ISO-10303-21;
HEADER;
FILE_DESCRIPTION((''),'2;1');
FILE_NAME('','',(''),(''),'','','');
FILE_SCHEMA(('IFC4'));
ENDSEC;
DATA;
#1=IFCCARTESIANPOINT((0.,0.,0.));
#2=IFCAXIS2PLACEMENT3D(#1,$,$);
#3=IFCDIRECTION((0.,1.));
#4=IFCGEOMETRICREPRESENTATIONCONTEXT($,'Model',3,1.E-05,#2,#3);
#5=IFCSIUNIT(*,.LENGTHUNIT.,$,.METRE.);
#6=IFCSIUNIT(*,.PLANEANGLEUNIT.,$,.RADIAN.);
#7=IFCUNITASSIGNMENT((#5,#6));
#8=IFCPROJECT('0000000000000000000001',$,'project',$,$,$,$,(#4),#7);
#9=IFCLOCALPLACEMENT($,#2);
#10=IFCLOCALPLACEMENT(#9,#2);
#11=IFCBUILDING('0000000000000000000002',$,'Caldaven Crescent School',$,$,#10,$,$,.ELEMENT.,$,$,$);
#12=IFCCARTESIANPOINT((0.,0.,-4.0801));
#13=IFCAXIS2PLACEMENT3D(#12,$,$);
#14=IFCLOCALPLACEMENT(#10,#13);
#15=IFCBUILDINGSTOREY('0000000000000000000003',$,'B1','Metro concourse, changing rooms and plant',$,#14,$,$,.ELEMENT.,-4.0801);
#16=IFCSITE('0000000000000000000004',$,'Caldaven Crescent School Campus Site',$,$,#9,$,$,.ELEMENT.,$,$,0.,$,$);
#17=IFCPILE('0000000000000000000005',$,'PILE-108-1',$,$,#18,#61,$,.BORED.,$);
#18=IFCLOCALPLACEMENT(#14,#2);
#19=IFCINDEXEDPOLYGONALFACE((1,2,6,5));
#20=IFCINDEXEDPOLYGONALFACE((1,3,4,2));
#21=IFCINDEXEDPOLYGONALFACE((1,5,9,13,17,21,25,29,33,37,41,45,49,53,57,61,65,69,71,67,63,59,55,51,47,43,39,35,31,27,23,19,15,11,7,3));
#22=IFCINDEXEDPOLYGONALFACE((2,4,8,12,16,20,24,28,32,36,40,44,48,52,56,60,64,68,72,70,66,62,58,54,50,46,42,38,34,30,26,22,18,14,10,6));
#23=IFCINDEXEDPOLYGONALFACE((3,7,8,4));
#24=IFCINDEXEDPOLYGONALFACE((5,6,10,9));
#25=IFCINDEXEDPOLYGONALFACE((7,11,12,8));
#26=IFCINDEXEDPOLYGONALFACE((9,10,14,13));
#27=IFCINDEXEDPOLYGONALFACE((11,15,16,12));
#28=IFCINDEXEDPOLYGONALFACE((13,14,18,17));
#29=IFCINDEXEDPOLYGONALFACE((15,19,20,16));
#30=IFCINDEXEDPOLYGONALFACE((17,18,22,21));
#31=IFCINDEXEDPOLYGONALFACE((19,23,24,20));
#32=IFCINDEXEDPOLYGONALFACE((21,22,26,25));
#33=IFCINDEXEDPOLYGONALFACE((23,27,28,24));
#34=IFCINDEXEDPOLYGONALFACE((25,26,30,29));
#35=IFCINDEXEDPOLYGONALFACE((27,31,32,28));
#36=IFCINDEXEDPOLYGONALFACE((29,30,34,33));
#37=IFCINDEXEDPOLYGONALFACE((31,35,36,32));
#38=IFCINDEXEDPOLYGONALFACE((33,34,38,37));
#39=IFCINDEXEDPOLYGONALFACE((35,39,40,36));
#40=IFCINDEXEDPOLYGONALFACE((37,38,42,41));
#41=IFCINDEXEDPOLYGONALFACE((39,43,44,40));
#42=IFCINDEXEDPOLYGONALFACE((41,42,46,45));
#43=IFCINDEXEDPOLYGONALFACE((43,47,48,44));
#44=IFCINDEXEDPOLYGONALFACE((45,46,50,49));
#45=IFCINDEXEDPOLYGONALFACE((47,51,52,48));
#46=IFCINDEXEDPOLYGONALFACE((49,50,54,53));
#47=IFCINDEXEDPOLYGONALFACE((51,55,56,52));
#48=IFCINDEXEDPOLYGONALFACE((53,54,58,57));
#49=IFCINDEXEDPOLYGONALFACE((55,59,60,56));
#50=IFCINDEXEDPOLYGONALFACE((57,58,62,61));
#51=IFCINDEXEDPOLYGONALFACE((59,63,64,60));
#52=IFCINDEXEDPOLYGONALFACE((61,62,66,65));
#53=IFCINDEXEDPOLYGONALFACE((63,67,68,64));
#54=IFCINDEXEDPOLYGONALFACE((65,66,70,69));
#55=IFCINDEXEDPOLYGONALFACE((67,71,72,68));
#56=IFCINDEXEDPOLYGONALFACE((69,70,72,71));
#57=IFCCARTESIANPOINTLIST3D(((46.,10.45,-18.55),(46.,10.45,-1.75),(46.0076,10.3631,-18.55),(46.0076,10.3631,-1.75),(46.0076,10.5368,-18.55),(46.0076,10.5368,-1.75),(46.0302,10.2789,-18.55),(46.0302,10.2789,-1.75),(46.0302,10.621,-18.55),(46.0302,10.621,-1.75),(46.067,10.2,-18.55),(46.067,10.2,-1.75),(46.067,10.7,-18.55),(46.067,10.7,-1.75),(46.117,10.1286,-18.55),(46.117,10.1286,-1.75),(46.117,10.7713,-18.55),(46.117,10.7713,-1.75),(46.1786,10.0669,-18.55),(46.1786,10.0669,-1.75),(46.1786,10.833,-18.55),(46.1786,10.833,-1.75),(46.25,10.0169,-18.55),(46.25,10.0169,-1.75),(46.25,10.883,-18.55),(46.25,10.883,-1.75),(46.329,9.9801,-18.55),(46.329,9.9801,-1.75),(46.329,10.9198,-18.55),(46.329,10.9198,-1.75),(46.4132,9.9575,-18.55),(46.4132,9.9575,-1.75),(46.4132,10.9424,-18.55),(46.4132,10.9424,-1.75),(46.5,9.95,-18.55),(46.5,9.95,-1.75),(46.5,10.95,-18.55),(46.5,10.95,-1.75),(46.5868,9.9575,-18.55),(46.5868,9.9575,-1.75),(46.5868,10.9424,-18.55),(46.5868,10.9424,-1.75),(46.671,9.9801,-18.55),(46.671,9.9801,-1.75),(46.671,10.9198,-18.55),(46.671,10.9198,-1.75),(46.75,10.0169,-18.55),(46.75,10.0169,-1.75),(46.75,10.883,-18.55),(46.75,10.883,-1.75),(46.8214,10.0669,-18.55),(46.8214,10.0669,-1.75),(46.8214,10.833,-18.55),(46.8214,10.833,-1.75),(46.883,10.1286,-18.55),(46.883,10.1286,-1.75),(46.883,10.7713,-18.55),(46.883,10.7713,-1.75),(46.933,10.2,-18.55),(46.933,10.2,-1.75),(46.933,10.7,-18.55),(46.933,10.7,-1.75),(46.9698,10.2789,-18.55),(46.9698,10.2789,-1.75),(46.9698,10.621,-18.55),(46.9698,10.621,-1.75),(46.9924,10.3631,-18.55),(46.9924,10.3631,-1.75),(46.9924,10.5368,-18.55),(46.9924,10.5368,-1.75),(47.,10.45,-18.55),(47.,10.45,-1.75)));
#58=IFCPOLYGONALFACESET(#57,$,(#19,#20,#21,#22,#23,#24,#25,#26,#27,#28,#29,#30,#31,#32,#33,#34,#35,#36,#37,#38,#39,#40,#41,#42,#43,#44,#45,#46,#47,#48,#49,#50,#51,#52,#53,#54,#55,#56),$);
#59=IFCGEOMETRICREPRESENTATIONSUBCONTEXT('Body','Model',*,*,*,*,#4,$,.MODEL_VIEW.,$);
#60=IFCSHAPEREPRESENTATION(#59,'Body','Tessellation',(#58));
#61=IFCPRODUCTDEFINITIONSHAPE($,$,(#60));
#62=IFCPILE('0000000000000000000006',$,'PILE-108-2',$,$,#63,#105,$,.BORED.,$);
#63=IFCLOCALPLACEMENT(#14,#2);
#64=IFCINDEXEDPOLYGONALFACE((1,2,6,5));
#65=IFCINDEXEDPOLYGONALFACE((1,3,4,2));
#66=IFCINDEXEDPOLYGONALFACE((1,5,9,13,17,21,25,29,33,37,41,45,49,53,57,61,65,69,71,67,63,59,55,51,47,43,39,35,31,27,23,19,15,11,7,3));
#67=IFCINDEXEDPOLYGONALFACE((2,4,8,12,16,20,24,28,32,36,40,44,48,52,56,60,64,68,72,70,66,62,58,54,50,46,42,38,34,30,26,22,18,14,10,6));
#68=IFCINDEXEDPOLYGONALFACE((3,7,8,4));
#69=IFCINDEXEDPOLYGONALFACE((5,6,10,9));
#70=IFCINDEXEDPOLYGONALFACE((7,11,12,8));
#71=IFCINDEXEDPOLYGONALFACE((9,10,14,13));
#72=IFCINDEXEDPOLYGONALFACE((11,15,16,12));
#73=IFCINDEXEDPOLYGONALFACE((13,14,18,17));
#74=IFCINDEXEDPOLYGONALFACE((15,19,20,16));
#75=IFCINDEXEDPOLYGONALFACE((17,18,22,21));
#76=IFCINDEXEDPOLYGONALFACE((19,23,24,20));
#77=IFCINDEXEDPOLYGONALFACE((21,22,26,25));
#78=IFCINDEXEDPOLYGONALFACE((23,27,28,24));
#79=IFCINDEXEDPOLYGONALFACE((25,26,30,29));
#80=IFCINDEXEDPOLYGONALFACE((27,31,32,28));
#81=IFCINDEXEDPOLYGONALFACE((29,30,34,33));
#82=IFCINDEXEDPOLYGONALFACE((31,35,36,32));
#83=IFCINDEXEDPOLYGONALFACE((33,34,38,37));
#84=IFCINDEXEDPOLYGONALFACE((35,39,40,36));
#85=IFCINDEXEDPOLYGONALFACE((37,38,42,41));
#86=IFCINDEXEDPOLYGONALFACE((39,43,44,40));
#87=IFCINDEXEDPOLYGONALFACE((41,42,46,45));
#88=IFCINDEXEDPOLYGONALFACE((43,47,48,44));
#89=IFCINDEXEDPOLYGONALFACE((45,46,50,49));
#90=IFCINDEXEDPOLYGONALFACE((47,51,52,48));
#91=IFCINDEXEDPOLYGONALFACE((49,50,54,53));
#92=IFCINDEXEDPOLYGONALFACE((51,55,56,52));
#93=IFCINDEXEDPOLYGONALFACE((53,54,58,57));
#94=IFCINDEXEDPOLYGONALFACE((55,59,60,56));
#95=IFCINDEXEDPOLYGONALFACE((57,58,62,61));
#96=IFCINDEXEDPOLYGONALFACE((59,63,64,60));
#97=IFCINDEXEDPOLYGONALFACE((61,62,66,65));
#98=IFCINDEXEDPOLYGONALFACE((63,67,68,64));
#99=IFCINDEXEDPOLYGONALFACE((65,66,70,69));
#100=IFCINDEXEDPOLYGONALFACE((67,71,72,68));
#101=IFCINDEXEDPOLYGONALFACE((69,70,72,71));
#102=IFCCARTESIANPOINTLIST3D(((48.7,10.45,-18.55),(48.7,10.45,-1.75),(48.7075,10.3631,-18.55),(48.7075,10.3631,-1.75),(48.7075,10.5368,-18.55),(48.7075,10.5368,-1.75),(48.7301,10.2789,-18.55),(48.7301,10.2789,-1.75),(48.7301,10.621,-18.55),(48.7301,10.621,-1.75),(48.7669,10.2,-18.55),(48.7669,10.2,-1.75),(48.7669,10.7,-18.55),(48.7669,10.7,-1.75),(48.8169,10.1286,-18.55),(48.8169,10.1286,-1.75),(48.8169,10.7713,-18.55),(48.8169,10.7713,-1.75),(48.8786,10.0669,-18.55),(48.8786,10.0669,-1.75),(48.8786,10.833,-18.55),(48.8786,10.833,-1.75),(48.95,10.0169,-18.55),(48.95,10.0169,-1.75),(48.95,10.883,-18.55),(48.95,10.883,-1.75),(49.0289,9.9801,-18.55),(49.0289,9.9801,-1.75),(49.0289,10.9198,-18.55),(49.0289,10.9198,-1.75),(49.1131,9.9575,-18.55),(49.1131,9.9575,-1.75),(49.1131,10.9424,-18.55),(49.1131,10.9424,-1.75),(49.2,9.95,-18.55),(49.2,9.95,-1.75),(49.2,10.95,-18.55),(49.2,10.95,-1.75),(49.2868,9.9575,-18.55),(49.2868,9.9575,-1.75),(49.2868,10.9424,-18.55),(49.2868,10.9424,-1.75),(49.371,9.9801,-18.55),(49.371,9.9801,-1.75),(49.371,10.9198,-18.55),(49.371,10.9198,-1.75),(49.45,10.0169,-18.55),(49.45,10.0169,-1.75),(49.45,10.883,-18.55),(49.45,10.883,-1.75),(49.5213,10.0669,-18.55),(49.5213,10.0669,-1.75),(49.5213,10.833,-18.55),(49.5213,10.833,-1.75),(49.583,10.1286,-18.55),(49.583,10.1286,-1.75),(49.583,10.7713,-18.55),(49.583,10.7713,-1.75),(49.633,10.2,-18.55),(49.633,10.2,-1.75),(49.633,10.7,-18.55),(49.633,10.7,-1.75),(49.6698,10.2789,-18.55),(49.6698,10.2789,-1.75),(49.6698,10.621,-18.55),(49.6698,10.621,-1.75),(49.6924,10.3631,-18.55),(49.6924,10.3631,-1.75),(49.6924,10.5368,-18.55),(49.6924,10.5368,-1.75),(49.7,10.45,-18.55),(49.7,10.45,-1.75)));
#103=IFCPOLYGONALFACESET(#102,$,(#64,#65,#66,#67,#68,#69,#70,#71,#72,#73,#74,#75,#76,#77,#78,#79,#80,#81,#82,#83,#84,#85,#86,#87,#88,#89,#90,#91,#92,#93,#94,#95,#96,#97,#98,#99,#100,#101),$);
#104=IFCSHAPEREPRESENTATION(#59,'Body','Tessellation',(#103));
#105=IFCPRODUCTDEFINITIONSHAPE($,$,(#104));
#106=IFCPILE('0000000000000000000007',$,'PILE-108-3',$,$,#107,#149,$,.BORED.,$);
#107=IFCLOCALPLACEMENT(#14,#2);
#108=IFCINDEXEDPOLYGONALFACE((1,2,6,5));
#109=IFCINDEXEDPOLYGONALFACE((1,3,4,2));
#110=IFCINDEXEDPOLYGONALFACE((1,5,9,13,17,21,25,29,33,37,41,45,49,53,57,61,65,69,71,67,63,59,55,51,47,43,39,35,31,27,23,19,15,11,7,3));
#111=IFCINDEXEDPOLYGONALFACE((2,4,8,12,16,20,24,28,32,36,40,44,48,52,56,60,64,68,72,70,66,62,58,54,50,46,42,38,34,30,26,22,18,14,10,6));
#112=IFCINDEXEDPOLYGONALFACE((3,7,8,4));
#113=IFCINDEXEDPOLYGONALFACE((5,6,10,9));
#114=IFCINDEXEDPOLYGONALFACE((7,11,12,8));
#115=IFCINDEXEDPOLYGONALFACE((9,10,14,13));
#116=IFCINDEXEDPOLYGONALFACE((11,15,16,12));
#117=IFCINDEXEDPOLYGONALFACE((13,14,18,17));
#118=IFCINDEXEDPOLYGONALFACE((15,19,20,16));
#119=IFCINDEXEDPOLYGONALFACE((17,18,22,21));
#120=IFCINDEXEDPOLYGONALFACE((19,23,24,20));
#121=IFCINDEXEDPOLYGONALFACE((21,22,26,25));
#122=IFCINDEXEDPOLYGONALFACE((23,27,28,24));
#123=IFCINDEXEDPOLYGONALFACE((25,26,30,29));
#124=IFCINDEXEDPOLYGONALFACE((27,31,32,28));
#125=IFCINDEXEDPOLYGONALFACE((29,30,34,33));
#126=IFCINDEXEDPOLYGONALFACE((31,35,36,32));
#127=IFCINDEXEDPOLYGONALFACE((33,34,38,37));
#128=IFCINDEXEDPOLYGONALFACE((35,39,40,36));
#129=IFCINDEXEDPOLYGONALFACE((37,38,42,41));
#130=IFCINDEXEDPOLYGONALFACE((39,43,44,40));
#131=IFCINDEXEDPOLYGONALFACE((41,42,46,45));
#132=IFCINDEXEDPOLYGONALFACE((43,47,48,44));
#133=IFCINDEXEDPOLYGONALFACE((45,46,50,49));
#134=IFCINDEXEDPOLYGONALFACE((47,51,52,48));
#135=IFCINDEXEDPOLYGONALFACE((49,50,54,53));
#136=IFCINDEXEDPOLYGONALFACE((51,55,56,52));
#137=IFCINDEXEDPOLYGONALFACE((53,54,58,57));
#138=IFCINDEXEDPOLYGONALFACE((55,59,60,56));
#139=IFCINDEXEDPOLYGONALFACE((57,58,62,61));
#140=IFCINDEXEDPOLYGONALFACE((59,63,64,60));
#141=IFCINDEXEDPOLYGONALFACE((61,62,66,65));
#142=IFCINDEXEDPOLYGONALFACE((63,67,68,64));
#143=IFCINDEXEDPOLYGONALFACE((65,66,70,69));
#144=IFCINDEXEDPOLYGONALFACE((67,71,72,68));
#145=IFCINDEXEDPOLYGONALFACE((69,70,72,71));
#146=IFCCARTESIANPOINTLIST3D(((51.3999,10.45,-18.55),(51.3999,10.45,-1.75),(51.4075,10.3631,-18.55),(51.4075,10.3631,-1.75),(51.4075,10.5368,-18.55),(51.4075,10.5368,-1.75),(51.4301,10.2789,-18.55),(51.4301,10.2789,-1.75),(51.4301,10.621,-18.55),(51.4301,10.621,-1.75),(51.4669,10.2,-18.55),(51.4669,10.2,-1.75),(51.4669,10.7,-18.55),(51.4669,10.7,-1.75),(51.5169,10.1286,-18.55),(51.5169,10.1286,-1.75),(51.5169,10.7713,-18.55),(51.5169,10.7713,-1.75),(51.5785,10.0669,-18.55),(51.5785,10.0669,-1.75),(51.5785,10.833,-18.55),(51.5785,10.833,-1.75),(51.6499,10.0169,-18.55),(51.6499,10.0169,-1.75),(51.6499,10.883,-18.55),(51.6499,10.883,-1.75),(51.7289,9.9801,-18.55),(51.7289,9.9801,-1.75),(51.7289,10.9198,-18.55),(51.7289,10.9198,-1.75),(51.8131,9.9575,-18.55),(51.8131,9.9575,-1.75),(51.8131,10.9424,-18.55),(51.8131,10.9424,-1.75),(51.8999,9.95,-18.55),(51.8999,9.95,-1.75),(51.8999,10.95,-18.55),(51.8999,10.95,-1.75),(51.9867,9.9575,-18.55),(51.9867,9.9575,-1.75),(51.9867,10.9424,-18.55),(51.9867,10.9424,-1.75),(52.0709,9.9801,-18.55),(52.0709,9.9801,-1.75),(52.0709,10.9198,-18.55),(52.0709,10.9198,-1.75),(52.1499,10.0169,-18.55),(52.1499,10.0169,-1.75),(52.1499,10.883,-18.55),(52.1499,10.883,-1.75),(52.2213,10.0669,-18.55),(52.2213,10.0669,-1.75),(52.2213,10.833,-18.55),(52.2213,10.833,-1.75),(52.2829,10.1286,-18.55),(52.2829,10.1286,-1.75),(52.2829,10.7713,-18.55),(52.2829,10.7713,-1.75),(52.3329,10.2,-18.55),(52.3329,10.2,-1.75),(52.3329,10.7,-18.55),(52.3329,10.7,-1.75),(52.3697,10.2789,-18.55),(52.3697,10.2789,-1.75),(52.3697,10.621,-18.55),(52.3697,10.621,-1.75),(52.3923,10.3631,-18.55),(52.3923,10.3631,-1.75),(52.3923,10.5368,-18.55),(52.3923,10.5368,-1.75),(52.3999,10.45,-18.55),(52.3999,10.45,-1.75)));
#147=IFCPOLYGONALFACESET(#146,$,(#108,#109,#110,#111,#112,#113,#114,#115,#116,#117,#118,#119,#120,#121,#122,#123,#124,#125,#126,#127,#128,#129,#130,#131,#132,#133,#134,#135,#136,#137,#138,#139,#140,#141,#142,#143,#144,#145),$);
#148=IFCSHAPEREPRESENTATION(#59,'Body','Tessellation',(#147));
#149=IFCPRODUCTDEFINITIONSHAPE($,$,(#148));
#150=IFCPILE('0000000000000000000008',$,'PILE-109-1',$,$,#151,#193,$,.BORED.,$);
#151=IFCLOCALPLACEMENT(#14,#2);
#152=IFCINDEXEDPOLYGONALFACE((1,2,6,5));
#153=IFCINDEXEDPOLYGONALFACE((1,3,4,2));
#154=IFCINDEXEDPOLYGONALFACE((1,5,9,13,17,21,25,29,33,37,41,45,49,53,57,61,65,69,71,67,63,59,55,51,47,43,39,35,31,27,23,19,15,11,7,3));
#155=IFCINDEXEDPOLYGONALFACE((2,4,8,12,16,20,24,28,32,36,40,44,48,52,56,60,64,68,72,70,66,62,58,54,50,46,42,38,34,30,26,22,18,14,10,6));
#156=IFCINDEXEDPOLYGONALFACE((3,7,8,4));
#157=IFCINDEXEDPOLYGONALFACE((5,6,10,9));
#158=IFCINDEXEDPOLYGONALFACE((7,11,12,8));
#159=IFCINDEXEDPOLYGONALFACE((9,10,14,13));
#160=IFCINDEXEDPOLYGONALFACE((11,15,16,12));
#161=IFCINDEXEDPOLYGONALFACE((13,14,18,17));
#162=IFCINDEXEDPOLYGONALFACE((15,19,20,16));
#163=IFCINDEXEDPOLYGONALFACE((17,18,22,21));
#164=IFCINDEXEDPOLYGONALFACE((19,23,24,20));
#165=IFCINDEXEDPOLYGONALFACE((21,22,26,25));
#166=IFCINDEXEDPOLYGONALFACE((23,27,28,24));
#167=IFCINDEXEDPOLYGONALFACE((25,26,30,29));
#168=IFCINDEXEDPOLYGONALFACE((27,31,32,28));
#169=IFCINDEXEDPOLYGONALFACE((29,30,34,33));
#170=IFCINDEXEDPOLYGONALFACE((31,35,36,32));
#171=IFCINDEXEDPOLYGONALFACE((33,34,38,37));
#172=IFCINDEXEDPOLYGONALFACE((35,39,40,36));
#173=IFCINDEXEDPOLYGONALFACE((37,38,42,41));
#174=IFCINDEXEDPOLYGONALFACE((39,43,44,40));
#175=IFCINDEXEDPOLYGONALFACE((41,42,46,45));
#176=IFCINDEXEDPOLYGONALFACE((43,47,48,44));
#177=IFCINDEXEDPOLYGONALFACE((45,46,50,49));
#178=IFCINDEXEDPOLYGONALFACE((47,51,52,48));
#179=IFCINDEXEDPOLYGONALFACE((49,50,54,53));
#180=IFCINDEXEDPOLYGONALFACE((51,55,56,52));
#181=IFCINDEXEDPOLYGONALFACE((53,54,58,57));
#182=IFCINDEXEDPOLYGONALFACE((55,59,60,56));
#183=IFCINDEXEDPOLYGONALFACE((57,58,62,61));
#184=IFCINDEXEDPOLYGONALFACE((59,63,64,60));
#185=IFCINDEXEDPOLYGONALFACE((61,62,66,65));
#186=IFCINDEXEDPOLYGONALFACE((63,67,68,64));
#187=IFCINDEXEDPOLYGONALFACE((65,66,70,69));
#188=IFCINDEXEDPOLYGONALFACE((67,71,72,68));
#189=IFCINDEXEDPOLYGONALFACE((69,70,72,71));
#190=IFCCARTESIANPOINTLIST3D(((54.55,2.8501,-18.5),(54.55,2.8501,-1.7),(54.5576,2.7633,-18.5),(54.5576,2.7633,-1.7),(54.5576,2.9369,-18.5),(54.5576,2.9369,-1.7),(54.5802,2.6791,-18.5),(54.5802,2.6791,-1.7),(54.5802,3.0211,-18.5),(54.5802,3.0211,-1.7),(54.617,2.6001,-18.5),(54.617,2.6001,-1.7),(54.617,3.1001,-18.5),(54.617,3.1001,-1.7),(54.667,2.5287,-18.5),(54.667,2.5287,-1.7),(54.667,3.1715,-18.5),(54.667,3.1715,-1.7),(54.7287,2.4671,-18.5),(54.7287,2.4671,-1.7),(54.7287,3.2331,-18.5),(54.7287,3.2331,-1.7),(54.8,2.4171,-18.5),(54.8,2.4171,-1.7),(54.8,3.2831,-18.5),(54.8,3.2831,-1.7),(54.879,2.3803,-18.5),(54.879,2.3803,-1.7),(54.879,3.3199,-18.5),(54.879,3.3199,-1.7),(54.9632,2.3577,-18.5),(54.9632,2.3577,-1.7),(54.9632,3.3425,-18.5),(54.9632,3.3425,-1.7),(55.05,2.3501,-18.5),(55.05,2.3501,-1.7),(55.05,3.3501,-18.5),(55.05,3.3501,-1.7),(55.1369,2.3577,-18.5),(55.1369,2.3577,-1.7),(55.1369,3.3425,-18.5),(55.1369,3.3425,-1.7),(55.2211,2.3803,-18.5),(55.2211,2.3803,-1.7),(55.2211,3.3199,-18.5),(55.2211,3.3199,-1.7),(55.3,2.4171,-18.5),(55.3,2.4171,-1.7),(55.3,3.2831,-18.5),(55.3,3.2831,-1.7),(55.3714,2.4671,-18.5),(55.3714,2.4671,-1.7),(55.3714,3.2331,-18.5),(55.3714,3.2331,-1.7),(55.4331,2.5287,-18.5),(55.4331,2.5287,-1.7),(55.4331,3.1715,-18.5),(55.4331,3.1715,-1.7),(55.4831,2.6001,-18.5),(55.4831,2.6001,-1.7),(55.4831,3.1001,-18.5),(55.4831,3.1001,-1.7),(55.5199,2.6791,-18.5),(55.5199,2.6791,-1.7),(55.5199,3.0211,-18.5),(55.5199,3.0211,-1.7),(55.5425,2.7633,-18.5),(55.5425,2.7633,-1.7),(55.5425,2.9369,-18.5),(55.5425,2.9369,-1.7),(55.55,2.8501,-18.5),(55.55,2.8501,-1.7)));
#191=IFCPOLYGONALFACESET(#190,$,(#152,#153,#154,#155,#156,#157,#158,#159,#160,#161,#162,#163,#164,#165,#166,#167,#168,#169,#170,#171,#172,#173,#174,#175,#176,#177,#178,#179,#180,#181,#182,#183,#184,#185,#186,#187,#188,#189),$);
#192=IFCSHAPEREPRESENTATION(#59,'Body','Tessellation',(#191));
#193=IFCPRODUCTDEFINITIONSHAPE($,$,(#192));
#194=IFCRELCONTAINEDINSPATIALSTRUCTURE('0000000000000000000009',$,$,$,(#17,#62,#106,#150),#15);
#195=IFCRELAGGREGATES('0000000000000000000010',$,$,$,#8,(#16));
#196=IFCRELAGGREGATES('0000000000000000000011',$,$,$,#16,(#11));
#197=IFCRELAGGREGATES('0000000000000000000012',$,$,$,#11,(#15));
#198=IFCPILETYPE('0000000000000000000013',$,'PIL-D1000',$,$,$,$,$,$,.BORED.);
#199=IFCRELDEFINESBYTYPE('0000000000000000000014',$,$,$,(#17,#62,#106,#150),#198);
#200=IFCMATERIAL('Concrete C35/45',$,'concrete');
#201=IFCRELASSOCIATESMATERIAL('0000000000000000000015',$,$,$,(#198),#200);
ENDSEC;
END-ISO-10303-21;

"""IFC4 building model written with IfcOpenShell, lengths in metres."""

from ifc_helpers import new_model, si_unit, direction, frame, origin, origin_2d, place, context, subcontext, project, spatial, circle, extrude, material, material_profile, profile_set, type_object, element, save


model = new_model("IFC4")

# Units and contexts
model_context = context("Model", 3, precision=1e-05, world=origin(), true_north=direction((0.0, 1.0)))
body_context = subcontext(model_context, "Body", "Model", "MODEL_VIEW")
ifc_project = project(units=[si_unit("LENGTHUNIT", "METRE"), si_unit("PLANEANGLEUNIT", "RADIAN")], contexts=[model_context])

# Site, building, storey
site_placement = place(None, origin())
site = spatial("IfcSite", under=ifc_project, at=site_placement, Name="Caldaven Crescent School Campus Site", CompositionType="ELEMENT", RefElevation=0.0)
building_placement = place(site_placement, origin())
building = spatial("IfcBuilding", under=site, at=building_placement, Name="Caldaven Crescent School", CompositionType="ELEMENT")
storey_placement = place(building_placement, frame((0.0, 0.0, -4.0801)))
storey = spatial("IfcBuildingStorey", under=building, at=storey_placement, Name="B1", Description="Metro concourse, changing rooms and plant", CompositionType="ELEMENT", Elevation=-4.0801)

# Shared definitions
ifc_material_1 = material(Name="Concrete C35/45", Category="concrete")

# Piles
ifc_material_profile_1 = material_profile(ifc_material_1, circle(Radius=0.5, at=origin_2d()), Name="PILE D1000")
ifc_profile_set_1 = profile_set([ifc_material_profile_1], Name="Concrete C35/45")
pile_type_1 = type_object("IfcPileType", Name="PIL-D1000", PredefinedType="BORED", material=ifc_profile_set_1)
for number, where, z_axis, x_axis, name in (
    (1, (46.5, 10.45, -1.75), (0.0, 0.0, -1.0), (1.0, 0.0, 0.0), "PILE-108-1"),
    (2, (49.2, 10.45, -1.75), (0.0, 0.0, -1.0), (1.0, 0.0, 0.0), "PILE-108-2"),
    (3, (51.8999, 10.45, -1.75), (0.0, 0.0, -1.0), (1.0, 0.0, 0.0), "PILE-108-3"),
    (4, (55.05, 2.8501, -1.7), (0.0, 0.0, -1.0), (1.0, 0.0, 0.0), "PILE-109-1"),
):
    element("IfcPile", number, at=place(storey_placement, frame(where, z_axis=z_axis, x_axis=x_axis)), inside=storey, type_object=pile_type_1, Name=name, PredefinedType="BORED", context=body_context, shape_type="SweptSolid", body=[
        extrude(circle(Radius=0.5, at=origin_2d()), origin(), (0.0, 0.0, 1.0), 16.8),
    ])

save(model, "model.ifc")
